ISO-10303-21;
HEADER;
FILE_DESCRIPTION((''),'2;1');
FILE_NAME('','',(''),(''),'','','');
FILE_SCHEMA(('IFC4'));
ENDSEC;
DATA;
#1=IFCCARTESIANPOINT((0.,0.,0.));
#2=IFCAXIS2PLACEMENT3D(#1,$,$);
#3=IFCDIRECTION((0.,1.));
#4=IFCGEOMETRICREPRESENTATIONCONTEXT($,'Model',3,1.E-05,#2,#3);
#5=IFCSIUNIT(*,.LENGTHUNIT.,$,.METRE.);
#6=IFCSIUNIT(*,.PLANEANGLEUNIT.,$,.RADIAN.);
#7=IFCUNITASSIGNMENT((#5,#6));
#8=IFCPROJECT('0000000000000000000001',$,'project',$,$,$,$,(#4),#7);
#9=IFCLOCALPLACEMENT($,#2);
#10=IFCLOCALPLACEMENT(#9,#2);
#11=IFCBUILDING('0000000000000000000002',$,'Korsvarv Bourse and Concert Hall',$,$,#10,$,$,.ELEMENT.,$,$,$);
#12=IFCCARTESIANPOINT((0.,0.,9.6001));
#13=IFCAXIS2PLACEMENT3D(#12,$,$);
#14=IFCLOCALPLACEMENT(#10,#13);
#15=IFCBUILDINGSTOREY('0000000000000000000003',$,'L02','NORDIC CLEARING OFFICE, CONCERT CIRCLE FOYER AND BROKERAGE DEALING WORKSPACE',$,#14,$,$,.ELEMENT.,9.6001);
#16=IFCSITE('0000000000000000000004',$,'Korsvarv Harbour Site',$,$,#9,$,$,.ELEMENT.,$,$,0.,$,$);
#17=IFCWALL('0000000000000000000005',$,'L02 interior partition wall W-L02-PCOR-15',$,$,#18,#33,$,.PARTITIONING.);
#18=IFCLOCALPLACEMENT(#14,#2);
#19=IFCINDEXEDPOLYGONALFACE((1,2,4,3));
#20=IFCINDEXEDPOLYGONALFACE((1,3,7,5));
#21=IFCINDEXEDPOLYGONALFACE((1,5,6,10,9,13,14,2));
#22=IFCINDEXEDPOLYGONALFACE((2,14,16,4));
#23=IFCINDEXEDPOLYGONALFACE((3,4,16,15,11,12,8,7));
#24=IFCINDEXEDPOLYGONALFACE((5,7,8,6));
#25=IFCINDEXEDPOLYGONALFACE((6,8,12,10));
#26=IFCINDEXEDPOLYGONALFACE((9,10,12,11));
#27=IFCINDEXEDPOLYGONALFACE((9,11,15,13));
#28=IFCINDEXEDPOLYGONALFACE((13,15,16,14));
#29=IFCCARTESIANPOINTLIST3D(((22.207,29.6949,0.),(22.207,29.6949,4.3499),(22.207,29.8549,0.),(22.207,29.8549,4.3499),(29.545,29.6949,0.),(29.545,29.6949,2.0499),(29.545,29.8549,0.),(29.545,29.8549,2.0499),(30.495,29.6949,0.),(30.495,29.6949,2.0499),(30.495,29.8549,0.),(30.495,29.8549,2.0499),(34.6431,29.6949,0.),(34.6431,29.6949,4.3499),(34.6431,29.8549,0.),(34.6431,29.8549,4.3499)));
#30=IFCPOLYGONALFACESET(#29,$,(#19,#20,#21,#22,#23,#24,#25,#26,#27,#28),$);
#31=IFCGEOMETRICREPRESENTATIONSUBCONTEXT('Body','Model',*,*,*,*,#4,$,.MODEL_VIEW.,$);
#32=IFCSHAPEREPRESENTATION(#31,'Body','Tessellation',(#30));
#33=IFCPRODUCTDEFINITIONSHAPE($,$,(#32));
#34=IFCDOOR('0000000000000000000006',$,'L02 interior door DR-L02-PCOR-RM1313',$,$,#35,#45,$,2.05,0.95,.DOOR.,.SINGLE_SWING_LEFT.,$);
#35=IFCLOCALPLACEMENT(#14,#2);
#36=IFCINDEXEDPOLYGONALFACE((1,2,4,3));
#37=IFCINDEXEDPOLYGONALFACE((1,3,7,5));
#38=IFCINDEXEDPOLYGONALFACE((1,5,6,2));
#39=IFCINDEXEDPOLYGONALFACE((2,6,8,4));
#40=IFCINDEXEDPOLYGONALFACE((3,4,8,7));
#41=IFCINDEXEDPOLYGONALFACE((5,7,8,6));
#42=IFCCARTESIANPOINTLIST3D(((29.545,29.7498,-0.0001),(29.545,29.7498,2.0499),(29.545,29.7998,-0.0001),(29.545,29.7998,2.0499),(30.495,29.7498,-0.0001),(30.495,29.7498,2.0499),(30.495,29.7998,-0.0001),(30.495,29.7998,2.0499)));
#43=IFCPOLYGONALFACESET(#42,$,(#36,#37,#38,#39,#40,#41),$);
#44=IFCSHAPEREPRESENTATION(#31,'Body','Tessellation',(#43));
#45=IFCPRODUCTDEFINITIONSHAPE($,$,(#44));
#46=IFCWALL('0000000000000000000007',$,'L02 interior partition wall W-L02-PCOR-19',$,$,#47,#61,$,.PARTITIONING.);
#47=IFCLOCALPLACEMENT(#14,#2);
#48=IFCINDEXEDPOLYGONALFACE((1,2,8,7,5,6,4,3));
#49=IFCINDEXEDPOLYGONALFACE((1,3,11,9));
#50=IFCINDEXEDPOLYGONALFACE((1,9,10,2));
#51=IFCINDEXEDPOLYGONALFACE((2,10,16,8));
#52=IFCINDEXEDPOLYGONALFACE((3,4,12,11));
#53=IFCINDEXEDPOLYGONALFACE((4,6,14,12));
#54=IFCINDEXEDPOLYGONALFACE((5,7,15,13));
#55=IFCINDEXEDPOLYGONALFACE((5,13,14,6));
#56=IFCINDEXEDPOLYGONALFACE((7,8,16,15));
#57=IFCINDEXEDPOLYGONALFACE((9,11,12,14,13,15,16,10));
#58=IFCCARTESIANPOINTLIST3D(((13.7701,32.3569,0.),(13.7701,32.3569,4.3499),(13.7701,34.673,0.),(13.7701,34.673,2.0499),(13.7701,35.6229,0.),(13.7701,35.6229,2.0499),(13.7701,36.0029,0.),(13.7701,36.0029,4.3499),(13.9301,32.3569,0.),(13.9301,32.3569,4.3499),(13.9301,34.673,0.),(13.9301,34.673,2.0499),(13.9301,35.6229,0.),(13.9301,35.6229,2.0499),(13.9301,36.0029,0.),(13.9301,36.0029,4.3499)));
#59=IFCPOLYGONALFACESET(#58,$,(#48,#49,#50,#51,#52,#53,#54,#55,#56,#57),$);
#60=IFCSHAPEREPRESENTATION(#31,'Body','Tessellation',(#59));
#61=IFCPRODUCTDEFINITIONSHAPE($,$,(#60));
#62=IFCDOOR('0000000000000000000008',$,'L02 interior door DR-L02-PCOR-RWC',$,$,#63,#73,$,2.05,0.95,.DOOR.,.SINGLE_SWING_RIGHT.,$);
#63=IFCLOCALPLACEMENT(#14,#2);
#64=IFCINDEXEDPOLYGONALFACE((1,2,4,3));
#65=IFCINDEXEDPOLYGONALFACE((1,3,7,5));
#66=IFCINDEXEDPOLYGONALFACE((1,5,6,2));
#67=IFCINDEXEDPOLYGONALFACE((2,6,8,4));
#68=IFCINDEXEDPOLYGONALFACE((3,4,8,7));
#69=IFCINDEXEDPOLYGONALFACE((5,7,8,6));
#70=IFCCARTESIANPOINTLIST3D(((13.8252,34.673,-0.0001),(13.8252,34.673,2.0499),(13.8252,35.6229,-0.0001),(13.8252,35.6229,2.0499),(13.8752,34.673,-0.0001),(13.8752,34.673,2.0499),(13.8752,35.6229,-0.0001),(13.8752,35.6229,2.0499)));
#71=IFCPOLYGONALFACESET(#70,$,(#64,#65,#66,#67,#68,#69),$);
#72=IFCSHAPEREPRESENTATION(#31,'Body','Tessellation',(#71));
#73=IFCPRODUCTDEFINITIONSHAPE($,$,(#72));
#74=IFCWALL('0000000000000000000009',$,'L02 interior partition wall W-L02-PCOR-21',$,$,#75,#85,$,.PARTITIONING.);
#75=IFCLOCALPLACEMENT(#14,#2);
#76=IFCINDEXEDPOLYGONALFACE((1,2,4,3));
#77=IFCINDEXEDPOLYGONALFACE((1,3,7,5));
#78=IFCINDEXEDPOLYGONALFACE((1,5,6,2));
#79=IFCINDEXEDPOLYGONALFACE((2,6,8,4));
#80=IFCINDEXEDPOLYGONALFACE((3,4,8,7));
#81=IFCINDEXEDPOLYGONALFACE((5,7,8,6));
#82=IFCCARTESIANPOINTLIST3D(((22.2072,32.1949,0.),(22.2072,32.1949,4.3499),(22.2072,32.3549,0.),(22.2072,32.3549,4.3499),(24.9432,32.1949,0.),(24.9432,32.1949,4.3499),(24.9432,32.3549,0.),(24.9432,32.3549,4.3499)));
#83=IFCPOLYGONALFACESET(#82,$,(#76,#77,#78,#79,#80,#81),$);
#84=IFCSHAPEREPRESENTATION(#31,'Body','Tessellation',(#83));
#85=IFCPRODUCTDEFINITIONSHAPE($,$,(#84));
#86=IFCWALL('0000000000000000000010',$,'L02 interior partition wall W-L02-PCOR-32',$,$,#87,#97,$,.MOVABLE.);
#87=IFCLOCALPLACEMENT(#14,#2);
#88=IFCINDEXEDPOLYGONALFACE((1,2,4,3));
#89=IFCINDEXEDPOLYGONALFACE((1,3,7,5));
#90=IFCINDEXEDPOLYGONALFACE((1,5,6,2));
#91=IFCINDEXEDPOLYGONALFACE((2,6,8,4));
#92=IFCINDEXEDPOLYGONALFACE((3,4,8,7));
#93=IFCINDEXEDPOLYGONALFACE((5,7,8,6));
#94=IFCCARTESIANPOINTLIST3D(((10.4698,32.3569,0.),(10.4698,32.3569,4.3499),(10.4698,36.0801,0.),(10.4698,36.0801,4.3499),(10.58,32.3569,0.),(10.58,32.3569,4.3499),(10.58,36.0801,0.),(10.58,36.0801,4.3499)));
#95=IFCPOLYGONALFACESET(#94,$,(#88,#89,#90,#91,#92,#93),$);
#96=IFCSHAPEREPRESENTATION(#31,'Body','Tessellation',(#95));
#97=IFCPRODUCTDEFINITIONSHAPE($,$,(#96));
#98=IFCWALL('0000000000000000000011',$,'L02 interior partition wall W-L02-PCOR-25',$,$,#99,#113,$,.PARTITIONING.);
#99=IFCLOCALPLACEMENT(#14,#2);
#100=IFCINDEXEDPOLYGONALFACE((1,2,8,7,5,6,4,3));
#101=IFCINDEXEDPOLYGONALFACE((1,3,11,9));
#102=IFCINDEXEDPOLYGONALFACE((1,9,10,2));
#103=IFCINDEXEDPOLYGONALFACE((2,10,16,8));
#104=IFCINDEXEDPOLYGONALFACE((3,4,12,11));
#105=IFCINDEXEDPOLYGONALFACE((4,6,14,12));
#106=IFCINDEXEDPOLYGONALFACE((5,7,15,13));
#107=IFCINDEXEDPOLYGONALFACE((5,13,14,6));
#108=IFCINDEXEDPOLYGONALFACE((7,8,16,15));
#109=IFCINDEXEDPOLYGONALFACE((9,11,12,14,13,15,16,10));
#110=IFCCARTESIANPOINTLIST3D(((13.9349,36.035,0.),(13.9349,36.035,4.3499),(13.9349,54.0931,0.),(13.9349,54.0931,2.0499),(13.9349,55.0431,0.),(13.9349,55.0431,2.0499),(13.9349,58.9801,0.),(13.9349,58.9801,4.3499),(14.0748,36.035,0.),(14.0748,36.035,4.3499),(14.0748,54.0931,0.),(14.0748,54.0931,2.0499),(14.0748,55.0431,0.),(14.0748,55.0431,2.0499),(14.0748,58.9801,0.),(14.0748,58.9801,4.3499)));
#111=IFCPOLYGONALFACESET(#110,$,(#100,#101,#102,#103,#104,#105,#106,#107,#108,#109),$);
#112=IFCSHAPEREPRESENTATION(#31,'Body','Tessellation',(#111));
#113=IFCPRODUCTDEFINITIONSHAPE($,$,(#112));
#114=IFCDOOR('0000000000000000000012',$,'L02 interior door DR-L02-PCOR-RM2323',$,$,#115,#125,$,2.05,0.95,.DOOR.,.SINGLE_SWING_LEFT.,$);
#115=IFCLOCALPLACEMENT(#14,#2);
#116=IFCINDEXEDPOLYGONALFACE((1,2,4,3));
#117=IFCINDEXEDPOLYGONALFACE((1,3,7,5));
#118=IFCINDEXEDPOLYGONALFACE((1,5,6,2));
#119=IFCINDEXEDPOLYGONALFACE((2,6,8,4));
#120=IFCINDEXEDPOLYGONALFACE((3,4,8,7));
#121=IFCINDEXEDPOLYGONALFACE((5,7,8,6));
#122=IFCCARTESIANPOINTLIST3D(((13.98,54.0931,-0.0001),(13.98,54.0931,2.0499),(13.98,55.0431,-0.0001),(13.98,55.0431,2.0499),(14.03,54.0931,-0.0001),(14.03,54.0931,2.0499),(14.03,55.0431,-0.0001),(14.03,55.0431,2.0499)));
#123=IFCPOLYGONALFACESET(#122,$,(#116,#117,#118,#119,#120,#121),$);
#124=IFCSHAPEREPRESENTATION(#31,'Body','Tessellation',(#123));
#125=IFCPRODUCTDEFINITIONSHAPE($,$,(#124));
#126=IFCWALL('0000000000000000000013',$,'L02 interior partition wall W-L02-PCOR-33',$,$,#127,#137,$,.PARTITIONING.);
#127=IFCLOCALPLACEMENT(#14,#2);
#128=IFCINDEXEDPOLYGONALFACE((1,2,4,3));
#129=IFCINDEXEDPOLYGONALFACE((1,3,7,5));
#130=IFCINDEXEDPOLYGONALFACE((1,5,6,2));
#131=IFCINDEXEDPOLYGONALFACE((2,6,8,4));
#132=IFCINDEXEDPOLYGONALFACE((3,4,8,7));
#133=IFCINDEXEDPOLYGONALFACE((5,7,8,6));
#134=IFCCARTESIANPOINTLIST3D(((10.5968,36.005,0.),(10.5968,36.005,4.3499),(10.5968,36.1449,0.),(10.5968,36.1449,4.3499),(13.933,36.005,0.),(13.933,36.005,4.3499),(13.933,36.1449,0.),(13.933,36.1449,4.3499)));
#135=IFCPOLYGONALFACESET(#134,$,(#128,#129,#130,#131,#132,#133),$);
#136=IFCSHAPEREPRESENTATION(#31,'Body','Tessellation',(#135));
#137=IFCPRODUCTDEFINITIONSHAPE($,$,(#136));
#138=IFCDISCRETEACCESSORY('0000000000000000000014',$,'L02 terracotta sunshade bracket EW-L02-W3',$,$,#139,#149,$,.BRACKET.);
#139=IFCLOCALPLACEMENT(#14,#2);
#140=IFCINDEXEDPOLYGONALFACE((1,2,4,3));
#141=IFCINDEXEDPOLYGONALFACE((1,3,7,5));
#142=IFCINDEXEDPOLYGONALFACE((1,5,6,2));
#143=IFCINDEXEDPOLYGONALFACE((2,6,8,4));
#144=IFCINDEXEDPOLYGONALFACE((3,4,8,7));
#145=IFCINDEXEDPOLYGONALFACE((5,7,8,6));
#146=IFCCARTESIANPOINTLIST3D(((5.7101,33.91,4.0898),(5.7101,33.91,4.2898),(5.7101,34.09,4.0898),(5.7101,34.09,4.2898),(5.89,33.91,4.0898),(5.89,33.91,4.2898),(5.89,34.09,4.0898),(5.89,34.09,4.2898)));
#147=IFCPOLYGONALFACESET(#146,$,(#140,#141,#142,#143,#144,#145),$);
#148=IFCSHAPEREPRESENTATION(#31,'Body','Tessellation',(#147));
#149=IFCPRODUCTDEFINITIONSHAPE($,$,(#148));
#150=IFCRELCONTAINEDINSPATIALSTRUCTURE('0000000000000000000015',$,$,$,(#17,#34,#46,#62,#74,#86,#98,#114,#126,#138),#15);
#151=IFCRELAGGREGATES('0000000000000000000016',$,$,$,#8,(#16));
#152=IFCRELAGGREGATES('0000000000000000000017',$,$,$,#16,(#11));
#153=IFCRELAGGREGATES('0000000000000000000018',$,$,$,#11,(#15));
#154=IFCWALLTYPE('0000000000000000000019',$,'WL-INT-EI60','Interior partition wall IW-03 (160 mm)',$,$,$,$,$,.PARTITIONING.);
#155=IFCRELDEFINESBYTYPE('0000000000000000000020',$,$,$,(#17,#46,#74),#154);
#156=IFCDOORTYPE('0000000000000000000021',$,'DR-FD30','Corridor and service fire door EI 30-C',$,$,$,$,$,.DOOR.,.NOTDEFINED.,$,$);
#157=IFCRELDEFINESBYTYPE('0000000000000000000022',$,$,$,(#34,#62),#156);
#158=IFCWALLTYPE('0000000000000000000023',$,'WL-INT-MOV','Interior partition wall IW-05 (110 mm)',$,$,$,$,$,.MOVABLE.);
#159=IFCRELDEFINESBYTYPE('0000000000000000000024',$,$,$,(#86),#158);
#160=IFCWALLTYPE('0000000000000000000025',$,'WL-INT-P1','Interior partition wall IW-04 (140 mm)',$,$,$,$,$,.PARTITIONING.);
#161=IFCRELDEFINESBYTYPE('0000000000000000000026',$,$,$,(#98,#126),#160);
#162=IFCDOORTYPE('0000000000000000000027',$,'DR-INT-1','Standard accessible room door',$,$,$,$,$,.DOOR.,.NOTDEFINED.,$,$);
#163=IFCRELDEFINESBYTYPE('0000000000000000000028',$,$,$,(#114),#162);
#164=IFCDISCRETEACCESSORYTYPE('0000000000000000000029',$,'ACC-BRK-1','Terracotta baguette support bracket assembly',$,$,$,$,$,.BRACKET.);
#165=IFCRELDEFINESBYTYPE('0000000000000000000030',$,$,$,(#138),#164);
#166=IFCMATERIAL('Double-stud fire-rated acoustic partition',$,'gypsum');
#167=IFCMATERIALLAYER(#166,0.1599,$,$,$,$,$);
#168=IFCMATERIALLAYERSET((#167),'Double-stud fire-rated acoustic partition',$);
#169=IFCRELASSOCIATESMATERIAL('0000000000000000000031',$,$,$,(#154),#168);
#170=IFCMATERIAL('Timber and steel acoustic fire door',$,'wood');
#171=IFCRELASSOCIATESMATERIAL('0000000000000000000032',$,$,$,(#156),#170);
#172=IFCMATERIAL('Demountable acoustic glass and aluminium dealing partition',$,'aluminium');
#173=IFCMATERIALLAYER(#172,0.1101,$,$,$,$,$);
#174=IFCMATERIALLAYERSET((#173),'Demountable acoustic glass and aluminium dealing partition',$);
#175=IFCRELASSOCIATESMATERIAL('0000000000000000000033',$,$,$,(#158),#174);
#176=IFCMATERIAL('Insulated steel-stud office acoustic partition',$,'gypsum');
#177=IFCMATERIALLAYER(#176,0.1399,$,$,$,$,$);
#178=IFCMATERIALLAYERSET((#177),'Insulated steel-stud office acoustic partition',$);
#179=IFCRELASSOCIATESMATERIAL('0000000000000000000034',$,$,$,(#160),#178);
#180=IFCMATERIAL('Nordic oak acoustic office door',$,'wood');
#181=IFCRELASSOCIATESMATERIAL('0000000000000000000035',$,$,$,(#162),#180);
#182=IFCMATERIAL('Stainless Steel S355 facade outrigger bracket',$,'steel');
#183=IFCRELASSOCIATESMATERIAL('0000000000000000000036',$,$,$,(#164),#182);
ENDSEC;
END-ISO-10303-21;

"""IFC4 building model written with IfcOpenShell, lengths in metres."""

from ifc_helpers import new_model, si_unit, direction, frame, frame_2d, origin, origin_2d, place, context, subcontext, project, spatial, rectangle, extrude, source, transform, mapped, material, layer, layer_set, type_object, element, fill, save


model = new_model("IFC4")

# Units and contexts
model_context = context("Model", 3, precision=1e-05, world=origin(), true_north=direction((0.0, 1.0)))
body_context = subcontext(model_context, "Body", "Model", "MODEL_VIEW")
ifc_project = project(units=[si_unit("LENGTHUNIT", "METRE"), si_unit("PLANEANGLEUNIT", "RADIAN")], contexts=[model_context])

# Site, building, storey
site_placement = place(None, origin())
site = spatial("IfcSite", under=ifc_project, at=site_placement, Name="Korsvarv Harbour Site", CompositionType="ELEMENT", RefElevation=0.0)
building_placement = place(site_placement, origin())
building = spatial("IfcBuilding", under=site, at=building_placement, Name="Korsvarv Bourse and Concert Hall", CompositionType="ELEMENT")
storey_placement = place(building_placement, frame((0.0, 0.0, 9.6001)))
storey = spatial("IfcBuildingStorey", under=building, at=storey_placement, Name="L02", Description="NORDIC CLEARING OFFICE, CONCERT CIRCLE FOYER AND BROKERAGE DEALING WORKSPACE", CompositionType="ELEMENT", Elevation=9.6001)

# Shared definitions
ifc_material_1 = material(Name="Double-stud fire-rated acoustic partition", Category="gypsum")
ifc_layer_1 = layer(ifc_material_1, 0.1599)
ifc_layer_set_1 = layer_set([ifc_layer_1], Name="Double-stud fire-rated acoustic partition")
wall_type_1 = type_object("IfcWallType", Name="WL-INT-EI60", Description="Interior partition wall IW-03 (160 mm)", PredefinedType="PARTITIONING", material=ifc_layer_set_1)
ifc_material_2 = material(Name="Timber and steel acoustic fire door", Category="wood")
door_type_1 = type_object("IfcDoorType", Name="DR-FD30", Description="Corridor and service fire door EI 30-C", OperationType="NOTDEFINED", PredefinedType="DOOR", material=ifc_material_2)

# Walls, openings, doors
wall_1_placement = place(storey_placement, frame((22.207, 29.7749, 0.0), z_axis=(0.0, 0.0, 1.0), x_axis=(1.0, 0.0, 0.0)))
wall_1 = element("IfcWall", 1, at=wall_1_placement, inside=storey, type_object=wall_type_1, Name="L02 interior partition wall W-L02-PCOR-15", PredefinedType="PARTITIONING", context=body_context, shape_type="SweptSolid", body=[
    extrude(rectangle(XDim=12.436, YDim=0.1599, at=frame_2d((6.218, 0.0))), origin(), (0.0, 0.0, 1.0), 4.3499),
])
opening_1_placement = place(wall_1_placement, frame((7.3379, 0.0, 0.0)))
opening_1 = element("IfcOpeningElement", 2, at=opening_1_placement, cuts=wall_1, PredefinedType="OPENING", context=body_context, shape_type="SweptSolid", body=[
    extrude(rectangle(XDim=0.95, YDim=2.05, at=frame_2d((0.4751, 1.0249))), frame((0.0, 0.0898, 0.0), z_axis=(0.0, -1.0, 0.0), x_axis=(1.0, 0.0, 0.0)), (0.0, 0.0, 1.0), 0.1799),
])
door_1_placement = place(opening_1_placement, origin())
door_1 = element("IfcDoor", 3, at=door_1_placement, inside=storey, type_object=door_type_1, Name="L02 interior door DR-L02-PCOR-RM1313", OperationType="SINGLE_SWING_LEFT", OverallHeight=2.05, OverallWidth=0.95, PredefinedType="DOOR", context=body_context, shape_type="SweptSolid", body=[
    extrude(rectangle(XDim=0.95, YDim=2.05, at=frame_2d((0.4751, 1.0249))), frame((0.0, 0.0249, 0.0), z_axis=(0.0, -1.0, 0.0), x_axis=(1.0, 0.0, 0.0)), (0.0, 0.0, 1.0), 0.05),
])
fill(opening_1, door_1)
wall_2_placement = place(storey_placement, frame((13.8501, 32.3569, 0.0), z_axis=(0.0, 0.0, 1.0), x_axis=(0.0, 1.0, 0.0)))
wall_2 = element("IfcWall", 4, at=wall_2_placement, inside=storey, type_object=wall_type_1, Name="L02 interior partition wall W-L02-PCOR-19", PredefinedType="PARTITIONING", context=body_context, shape_type="SweptSolid", body=[
    extrude(rectangle(XDim=3.646, YDim=0.1599, at=frame_2d((1.823, 0.0))), origin(), (0.0, 0.0, 1.0), 4.3499),
])
opening_2_placement = place(wall_2_placement, frame((2.3159, 0.0, 0.0)))
opening_2 = element("IfcOpeningElement", 5, at=opening_2_placement, cuts=wall_2, PredefinedType="OPENING", context=body_context, shape_type="SweptSolid", body=[
    extrude(rectangle(XDim=0.95, YDim=2.05, at=frame_2d((0.4751, 1.0249))), frame((0.0, 0.0898, 0.0), z_axis=(0.0, -1.0, 0.0), x_axis=(1.0, 0.0, 0.0)), (0.0, 0.0, 1.0), 0.1799),
])
door_2_placement = place(opening_2_placement, origin())
door_2 = element("IfcDoor", 6, at=door_2_placement, inside=storey, type_object=door_type_1, Name="L02 interior door DR-L02-PCOR-RWC", OperationType="SINGLE_SWING_RIGHT", OverallHeight=2.05, OverallWidth=0.95, PredefinedType="DOOR", context=body_context, shape_type="SweptSolid", body=[
    extrude(rectangle(XDim=0.95, YDim=2.05, at=frame_2d((0.4751, 1.0249))), frame((0.0, 0.0249, 0.0), z_axis=(0.0, -1.0, 0.0), x_axis=(1.0, 0.0, 0.0)), (0.0, 0.0, 1.0), 0.05),
])
fill(opening_2, door_2)

# Walls
wall_3_placement = place(storey_placement, frame((22.207, 32.2749, 0.0), z_axis=(0.0, 0.0, 1.0), x_axis=(1.0, 0.0, 0.0)))
element("IfcWall", 7, at=wall_3_placement, inside=storey, type_object=wall_type_1, Name="L02 interior partition wall W-L02-PCOR-21", PredefinedType="PARTITIONING", context=body_context, shape_type="SweptSolid", body=[
    extrude(rectangle(XDim=2.7361, YDim=0.1599, at=frame_2d((1.3682, 0.0))), origin(), (0.0, 0.0, 1.0), 4.3499),
])
ifc_material_3 = material(Name="Demountable acoustic glass and aluminium dealing partition", Category="aluminium")
ifc_layer_2 = layer(ifc_material_3, 0.1101)
ifc_layer_set_2 = layer_set([ifc_layer_2], Name="Demountable acoustic glass and aluminium dealing partition")
wall_type_2 = type_object("IfcWallType", Name="WL-INT-MOV", Description="Interior partition wall IW-05 (110 mm)", PredefinedType="MOVABLE", material=ifc_layer_set_2)
wall_4_placement = place(storey_placement, frame((10.5249, 32.3569, 0.0), z_axis=(0.0, 0.0, 1.0), x_axis=(0.0, 1.0, 0.0)))
element("IfcWall", 8, at=wall_4_placement, inside=storey, type_object=wall_type_2, Name="L02 interior partition wall W-L02-PCOR-32", PredefinedType="MOVABLE", context=body_context, shape_type="SweptSolid", body=[
    extrude(rectangle(XDim=3.7231, YDim=0.1101, at=frame_2d((1.8616, 0.0))), origin(), (0.0, 0.0, 1.0), 4.3499),
])

# Wall, opening, door
ifc_material_4 = material(Name="Insulated steel-stud office acoustic partition", Category="gypsum")
ifc_layer_3 = layer(ifc_material_4, 0.1399)
ifc_layer_set_3 = layer_set([ifc_layer_3], Name="Insulated steel-stud office acoustic partition")
wall_type_3 = type_object("IfcWallType", Name="WL-INT-P1", Description="Interior partition wall IW-04 (140 mm)", PredefinedType="PARTITIONING", material=ifc_layer_set_3)
wall_5_placement = place(storey_placement, frame((14.0049, 36.0349, 0.0), z_axis=(0.0, 0.0, 1.0), x_axis=(0.0, 1.0, 0.0)))
wall_5 = element("IfcWall", 9, at=wall_5_placement, inside=storey, type_object=wall_type_3, Name="L02 interior partition wall W-L02-PCOR-25", PredefinedType="PARTITIONING", context=body_context, shape_type="SweptSolid", body=[
    extrude(rectangle(XDim=22.9451, YDim=0.1399, at=frame_2d((11.4727, 0.0))), origin(), (0.0, 0.0, 1.0), 4.3499),
])
opening_3_placement = place(wall_5_placement, frame((18.0581, 0.0, 0.0)))
opening_3 = element("IfcOpeningElement", 10, at=opening_3_placement, cuts=wall_5, PredefinedType="OPENING", context=body_context, shape_type="SweptSolid", body=[
    extrude(rectangle(XDim=0.95, YDim=2.05, at=frame_2d((0.4751, 1.0249))), frame((0.0, 0.0801, 0.0), z_axis=(0.0, -1.0, 0.0), x_axis=(1.0, 0.0, 0.0)), (0.0, 0.0, 1.0), 0.1599),
])
ifc_material_5 = material(Name="Nordic oak acoustic office door", Category="wood")
door_type_2 = type_object("IfcDoorType", Name="DR-INT-1", Description="Standard accessible room door", OperationType="NOTDEFINED", PredefinedType="DOOR", material=ifc_material_5)
door_3_placement = place(opening_3_placement, origin())
door_3 = element("IfcDoor", 11, at=door_3_placement, inside=storey, type_object=door_type_2, Name="L02 interior door DR-L02-PCOR-RM2323", OperationType="SINGLE_SWING_LEFT", OverallHeight=2.05, OverallWidth=0.95, PredefinedType="DOOR", context=body_context, shape_type="SweptSolid", body=[
    extrude(rectangle(XDim=0.95, YDim=2.05, at=frame_2d((0.4751, 1.0249))), frame((0.0, 0.0249, 0.0), z_axis=(0.0, -1.0, 0.0), x_axis=(1.0, 0.0, 0.0)), (0.0, 0.0, 1.0), 0.05),
])
fill(opening_3, door_3)

# Wall
wall_6_placement = place(storey_placement, frame((10.5969, 36.075, 0.0), z_axis=(0.0, 0.0, 1.0), x_axis=(1.0, 0.0, 0.0)))
element("IfcWall", 12, at=wall_6_placement, inside=storey, type_object=wall_type_3, Name="L02 interior partition wall W-L02-PCOR-33", PredefinedType="PARTITIONING", context=body_context, shape_type="SweptSolid", body=[
    extrude(rectangle(XDim=3.3362, YDim=0.1399, at=frame_2d((1.668, 0.0))), origin(), (0.0, 0.0, 1.0), 4.3499),
])

# Discrete accessory
ifc_material_6 = material(Name="Stainless Steel S355 facade outrigger bracket", Category="steel")
discrete_accessory_type = type_object("IfcDiscreteAccessoryType", Name="ACC-BRK-1", Description="Terracotta baguette support bracket assembly", PredefinedType="BRACKET", material=ifc_material_6)
shared_shape_1 = source(origin(), body_context, "Body", "SweptSolid", [
    extrude(rectangle(XDim=0.1799, YDim=0.1799, at=origin_2d()), origin(), (0.0, 0.0, 1.0), 0.2),
])
discrete_accessory_placement = place(storey_placement, frame((5.8, 34.0, 4.0898), z_axis=(0.0, 0.0, 1.0), x_axis=(0.0, 1.0, 0.0)))
element("IfcDiscreteAccessory", 13, at=discrete_accessory_placement, inside=storey, type_object=discrete_accessory_type, Name="L02 terracotta sunshade bracket EW-L02-W3", PredefinedType="BRACKET", context=body_context, shape_type="MappedRepresentation", body=[
    mapped(shared_shape_1, transform((0.0, 0.0, 0.0), scale=1.0)),
])

save(model, "model.ifc")
